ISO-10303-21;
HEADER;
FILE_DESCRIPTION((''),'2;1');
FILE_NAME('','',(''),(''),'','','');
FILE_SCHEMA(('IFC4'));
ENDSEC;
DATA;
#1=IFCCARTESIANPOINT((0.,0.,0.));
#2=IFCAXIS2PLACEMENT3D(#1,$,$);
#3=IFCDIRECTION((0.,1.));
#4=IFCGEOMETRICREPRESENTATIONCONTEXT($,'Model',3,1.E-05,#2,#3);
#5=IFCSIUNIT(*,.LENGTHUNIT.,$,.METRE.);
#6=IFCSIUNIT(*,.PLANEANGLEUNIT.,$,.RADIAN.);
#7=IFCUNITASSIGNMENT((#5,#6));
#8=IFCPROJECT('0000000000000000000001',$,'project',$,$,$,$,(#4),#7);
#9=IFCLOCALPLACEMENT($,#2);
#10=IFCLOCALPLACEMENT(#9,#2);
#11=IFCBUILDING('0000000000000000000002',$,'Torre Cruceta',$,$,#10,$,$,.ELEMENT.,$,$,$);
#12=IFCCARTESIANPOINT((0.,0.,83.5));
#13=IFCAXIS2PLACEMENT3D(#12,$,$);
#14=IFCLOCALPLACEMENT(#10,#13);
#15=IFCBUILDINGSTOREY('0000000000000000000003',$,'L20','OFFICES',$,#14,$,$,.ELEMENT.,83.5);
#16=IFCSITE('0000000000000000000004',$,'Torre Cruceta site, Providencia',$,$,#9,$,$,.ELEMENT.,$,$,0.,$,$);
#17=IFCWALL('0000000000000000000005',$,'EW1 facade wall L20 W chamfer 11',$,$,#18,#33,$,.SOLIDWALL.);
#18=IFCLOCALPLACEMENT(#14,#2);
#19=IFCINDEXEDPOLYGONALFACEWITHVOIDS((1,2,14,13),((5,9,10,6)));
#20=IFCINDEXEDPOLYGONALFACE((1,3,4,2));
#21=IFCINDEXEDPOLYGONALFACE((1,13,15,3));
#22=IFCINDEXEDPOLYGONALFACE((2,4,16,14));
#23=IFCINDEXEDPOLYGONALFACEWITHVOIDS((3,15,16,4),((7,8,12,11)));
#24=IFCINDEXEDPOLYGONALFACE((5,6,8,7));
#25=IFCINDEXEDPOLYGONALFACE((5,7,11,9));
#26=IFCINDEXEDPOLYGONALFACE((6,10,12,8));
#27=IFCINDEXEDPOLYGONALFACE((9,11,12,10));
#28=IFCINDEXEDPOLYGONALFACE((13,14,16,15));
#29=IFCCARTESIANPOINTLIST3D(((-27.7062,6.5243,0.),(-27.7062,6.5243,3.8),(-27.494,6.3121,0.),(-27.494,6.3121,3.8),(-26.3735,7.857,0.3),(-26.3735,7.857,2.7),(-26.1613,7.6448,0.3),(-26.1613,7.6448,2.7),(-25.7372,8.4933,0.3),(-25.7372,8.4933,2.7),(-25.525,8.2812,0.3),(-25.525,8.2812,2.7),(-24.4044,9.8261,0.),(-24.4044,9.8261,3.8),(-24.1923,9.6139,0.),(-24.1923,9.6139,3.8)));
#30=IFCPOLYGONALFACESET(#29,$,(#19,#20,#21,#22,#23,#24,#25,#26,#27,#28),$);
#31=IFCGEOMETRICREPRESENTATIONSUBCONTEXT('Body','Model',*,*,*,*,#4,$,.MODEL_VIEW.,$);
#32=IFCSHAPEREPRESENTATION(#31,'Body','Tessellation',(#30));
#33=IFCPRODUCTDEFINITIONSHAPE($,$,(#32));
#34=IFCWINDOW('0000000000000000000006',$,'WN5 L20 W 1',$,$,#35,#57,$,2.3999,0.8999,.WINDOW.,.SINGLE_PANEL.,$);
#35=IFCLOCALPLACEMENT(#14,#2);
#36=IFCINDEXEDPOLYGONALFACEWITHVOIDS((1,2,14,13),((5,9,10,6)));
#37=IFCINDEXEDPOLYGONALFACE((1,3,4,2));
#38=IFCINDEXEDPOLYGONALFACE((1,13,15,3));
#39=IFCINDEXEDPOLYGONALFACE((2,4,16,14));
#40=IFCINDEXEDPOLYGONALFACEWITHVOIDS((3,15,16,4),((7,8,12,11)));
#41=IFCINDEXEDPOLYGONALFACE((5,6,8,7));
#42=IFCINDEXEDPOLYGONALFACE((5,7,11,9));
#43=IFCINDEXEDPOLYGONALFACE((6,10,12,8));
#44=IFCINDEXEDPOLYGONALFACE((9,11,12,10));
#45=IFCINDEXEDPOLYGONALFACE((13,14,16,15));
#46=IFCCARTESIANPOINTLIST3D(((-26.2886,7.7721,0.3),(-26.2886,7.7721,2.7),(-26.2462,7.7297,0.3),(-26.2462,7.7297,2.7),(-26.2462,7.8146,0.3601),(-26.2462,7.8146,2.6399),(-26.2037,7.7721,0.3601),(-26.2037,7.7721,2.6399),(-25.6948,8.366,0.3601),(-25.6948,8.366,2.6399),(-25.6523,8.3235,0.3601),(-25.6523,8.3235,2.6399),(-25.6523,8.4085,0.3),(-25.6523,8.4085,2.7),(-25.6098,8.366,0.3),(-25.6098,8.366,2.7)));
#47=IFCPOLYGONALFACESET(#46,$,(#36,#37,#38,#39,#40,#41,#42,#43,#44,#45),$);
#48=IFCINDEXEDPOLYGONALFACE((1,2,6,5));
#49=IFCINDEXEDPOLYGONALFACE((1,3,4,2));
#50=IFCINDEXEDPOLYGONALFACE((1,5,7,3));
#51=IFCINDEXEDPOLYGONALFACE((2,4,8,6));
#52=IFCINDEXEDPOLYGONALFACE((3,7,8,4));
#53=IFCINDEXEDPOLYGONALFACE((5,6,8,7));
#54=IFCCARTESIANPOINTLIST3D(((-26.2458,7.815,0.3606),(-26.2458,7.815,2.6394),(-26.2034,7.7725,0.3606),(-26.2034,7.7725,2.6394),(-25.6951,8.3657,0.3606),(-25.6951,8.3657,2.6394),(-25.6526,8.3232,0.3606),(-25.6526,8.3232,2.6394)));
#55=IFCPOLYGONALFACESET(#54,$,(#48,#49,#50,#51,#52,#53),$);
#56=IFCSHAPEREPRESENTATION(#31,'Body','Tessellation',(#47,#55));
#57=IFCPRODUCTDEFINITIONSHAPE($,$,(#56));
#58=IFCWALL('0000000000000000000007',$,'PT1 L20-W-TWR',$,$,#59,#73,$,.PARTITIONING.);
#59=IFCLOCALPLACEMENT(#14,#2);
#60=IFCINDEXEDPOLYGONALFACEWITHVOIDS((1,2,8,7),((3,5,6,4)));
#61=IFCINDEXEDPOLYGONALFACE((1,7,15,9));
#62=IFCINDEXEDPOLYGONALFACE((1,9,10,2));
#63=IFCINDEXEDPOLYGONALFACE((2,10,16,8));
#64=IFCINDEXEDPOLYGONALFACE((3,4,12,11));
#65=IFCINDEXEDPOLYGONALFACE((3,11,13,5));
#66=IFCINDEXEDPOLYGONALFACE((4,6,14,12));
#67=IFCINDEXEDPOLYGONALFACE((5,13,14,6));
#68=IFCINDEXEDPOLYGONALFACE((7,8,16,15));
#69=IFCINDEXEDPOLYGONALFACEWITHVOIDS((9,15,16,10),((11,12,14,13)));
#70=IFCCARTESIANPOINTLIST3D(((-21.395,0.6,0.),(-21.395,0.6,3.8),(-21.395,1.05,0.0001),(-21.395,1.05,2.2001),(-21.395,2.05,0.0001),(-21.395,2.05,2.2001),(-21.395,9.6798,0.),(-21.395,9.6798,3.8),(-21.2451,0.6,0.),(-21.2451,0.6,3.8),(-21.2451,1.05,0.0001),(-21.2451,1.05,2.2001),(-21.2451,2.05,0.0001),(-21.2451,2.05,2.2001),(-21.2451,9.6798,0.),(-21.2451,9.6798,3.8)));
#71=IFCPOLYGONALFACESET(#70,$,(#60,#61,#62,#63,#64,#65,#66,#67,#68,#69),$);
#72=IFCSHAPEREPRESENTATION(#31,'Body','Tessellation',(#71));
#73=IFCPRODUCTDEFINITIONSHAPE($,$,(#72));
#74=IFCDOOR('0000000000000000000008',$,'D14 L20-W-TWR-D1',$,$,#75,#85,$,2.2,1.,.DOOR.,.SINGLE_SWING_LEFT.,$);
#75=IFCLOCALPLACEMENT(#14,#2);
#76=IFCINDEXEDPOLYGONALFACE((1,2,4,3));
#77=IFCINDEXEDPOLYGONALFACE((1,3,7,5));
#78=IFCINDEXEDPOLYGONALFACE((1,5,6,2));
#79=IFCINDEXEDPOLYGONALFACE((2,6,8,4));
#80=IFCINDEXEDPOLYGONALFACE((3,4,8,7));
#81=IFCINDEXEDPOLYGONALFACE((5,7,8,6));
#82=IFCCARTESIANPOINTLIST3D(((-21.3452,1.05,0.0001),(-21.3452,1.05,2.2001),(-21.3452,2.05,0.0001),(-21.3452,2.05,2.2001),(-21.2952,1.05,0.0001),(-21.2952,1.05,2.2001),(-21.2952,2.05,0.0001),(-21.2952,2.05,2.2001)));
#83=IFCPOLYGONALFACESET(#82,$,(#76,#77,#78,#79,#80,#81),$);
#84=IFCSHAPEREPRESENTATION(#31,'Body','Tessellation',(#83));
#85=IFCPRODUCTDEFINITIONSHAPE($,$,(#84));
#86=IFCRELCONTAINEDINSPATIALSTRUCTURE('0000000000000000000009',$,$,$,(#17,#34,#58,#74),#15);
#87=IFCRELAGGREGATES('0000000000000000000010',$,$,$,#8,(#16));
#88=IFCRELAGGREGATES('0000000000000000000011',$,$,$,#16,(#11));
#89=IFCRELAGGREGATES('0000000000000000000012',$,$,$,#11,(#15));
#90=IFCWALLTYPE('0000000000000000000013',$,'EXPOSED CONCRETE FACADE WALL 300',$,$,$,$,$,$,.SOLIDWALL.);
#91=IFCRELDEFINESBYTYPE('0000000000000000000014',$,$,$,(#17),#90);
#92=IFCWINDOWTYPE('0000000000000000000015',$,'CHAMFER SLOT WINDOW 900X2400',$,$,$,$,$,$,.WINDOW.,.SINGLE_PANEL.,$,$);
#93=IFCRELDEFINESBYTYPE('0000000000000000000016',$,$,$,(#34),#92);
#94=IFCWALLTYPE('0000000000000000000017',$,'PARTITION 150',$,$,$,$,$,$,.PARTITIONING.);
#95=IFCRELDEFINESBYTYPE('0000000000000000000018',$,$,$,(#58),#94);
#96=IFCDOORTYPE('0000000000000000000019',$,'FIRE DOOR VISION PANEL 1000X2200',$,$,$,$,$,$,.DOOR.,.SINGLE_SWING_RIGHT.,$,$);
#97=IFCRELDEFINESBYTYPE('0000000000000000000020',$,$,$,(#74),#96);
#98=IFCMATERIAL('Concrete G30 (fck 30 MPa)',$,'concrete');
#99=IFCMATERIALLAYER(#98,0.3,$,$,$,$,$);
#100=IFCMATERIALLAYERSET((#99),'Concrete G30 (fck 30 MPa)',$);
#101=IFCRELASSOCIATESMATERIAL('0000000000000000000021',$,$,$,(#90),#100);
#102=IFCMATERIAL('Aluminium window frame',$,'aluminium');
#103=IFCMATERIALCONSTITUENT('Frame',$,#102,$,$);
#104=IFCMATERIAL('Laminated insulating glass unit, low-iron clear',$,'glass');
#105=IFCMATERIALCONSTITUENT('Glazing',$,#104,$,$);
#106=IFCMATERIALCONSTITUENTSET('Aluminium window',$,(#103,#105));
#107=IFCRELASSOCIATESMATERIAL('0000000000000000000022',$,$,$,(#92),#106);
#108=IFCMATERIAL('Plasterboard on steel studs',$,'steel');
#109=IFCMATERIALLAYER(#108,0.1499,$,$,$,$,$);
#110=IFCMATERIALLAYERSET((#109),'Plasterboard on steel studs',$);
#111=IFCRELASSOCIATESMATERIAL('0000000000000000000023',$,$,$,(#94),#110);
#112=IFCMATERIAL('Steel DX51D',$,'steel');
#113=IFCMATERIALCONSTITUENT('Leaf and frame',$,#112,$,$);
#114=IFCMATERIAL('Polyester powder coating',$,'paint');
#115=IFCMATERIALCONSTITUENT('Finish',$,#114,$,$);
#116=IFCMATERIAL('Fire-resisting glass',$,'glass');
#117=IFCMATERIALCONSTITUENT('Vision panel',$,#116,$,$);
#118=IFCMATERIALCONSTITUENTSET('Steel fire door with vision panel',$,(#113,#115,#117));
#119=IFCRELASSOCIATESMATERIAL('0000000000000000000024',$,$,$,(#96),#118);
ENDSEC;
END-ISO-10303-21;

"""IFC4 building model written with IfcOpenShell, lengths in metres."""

from ifc_helpers import new_model, si_unit, direction, frame, frame_2d, origin, place, context, subcontext, project, spatial, rectangle, hollow_rectangle, extrude, material, layer, layer_set, constituent, constituent_set, type_object, element, fill, save


model = new_model("IFC4")

# Units and contexts
model_context = context("Model", 3, precision=1e-05, world=origin(), true_north=direction((0.0, 1.0)))
body_context = subcontext(model_context, "Body", "Model", "MODEL_VIEW")
ifc_project = project(units=[si_unit("LENGTHUNIT", "METRE"), si_unit("PLANEANGLEUNIT", "RADIAN")], contexts=[model_context])

# Site, building, storey
site_placement = place(None, origin())
site = spatial("IfcSite", under=ifc_project, at=site_placement, Name="Torre Cruceta site, Providencia", CompositionType="ELEMENT", RefElevation=0.0)
building_placement = place(site_placement, origin())
building = spatial("IfcBuilding", under=site, at=building_placement, Name="Torre Cruceta", CompositionType="ELEMENT")
storey_placement = place(building_placement, frame((0.0, 0.0, 83.5)))
storey = spatial("IfcBuildingStorey", under=building, at=storey_placement, Name="L20", Description="OFFICES", CompositionType="ELEMENT", Elevation=83.5)

# Wall, opening, window
ifc_material_1 = material(Name="Concrete G30 (fck 30 MPa)", Category="concrete")
ifc_layer_1 = layer(ifc_material_1, 0.3)
ifc_layer_set_1 = layer_set([ifc_layer_1], Name="Concrete G30 (fck 30 MPa)")
wall_type_1 = type_object("IfcWallType", Name="EXPOSED CONCRETE FACADE WALL 300", PredefinedType="SOLIDWALL", material=ifc_layer_set_1)
wall_1_placement = place(storey_placement, frame((-24.2983, 9.72, 0.0), z_axis=(0.0, 0.0, 1.0), x_axis=(-0.707107, -0.707107, 0.0)))
wall_1 = element("IfcWall", 1, at=wall_1_placement, inside=storey, type_object=wall_type_1, Name="EW1 facade wall L20 W chamfer 11", PredefinedType="SOLIDWALL", context=body_context, shape_type="SweptSolid", body=[
    extrude(rectangle(XDim=4.6694, YDim=0.3, at=frame_2d((2.3347, 0.0))), origin(), (0.0, 0.0, 1.0), 3.8),
])
opening_1_placement = place(wall_1_placement, frame((1.8848, 0.0, 0.3)))
opening_1 = element("IfcOpeningElement", 2, at=opening_1_placement, cuts=wall_1, PredefinedType="OPENING", context=body_context, shape_type="SweptSolid", body=[
    extrude(rectangle(XDim=0.8999, YDim=2.3999, at=frame_2d((0.45, 1.2))), frame((0.0, 0.1599, 0.0), z_axis=(0.0, -1.0, 0.0), x_axis=(1.0, 0.0, 0.0)), (0.0, 0.0, 1.0), 0.3201),
])
ifc_material_2 = material(Name="Aluminium window frame", Category="aluminium")
ifc_constituent_1 = constituent(ifc_material_2, Name="Frame")
ifc_material_3 = material(Name="Laminated insulating glass unit, low-iron clear", Category="glass")
ifc_constituent_2 = constituent(ifc_material_3, Name="Glazing")
ifc_constituent_set_1 = constituent_set(constituents=[ifc_constituent_1, ifc_constituent_2], Name="Aluminium window")
window_type = type_object("IfcWindowType", Name="CHAMFER SLOT WINDOW 900X2400", PartitioningType="SINGLE_PANEL", PredefinedType="WINDOW", material=ifc_constituent_set_1)
window_placement = place(opening_1_placement, origin())
window = element("IfcWindow", 3, at=window_placement, inside=storey, type_object=window_type, Name="WN5 L20 W 1", OverallHeight=2.3999, OverallWidth=0.8999, PartitioningType="SINGLE_PANEL", PredefinedType="WINDOW", context=body_context, shape_type="SweptSolid", body=[
    extrude(hollow_rectangle(XDim=0.8999, YDim=2.3999, WallThickness=0.0601, at=frame_2d((0.45, 1.2))), frame((0.0, 0.03, 0.0), z_axis=(0.0, -1.0, 0.0), x_axis=(1.0, 0.0, 0.0)), (0.0, 0.0, 1.0), 0.0601),
    extrude(rectangle(XDim=0.7788, YDim=2.2788, at=frame_2d((0.45, 1.2))), frame((0.0, 0.03, 0.0), z_axis=(0.0, -1.0, 0.0), x_axis=(1.0, 0.0, 0.0)), (0.0, 0.0, 1.0), 0.0601),
])
fill(opening_1, window)

# Wall, opening, door
ifc_material_4 = material(Name="Plasterboard on steel studs", Category="steel")
ifc_layer_2 = layer(ifc_material_4, 0.1499)
ifc_layer_set_2 = layer_set([ifc_layer_2], Name="Plasterboard on steel studs")
wall_type_2 = type_object("IfcWallType", Name="PARTITION 150", PredefinedType="PARTITIONING", material=ifc_layer_set_2)
wall_2_placement = place(storey_placement, frame((-21.3201, 9.6799, 0.0), z_axis=(0.0, 0.0, 1.0), x_axis=(0.0, -1.0, 0.0)))
wall_2 = element("IfcWall", 4, at=wall_2_placement, inside=storey, type_object=wall_type_2, Name="PT1 L20-W-TWR", PredefinedType="PARTITIONING", context=body_context, shape_type="SweptSolid", body=[
    extrude(rectangle(XDim=9.0798, YDim=0.1499, at=frame_2d((4.54, 0.0))), origin(), (0.0, 0.0, 1.0), 3.8),
])
opening_2_placement = place(wall_2_placement, frame((7.6299, 0.0, 0.0)))
opening_2 = element("IfcOpeningElement", 5, at=opening_2_placement, cuts=wall_2, PredefinedType="OPENING", context=body_context, shape_type="SweptSolid", body=[
    extrude(rectangle(XDim=1.0, YDim=2.2, at=frame_2d((0.5, 1.1001))), frame((0.0, 0.085, 0.0), z_axis=(0.0, -1.0, 0.0), x_axis=(1.0, 0.0, 0.0)), (0.0, 0.0, 1.0), 0.1699),
])
ifc_material_5 = material(Name="Steel DX51D", Category="steel")
ifc_constituent_3 = constituent(ifc_material_5, Name="Leaf and frame")
ifc_material_6 = material(Name="Polyester powder coating", Category="paint")
ifc_constituent_4 = constituent(ifc_material_6, Name="Finish")
ifc_material_7 = material(Name="Fire-resisting glass", Category="glass")
ifc_constituent_5 = constituent(ifc_material_7, Name="Vision panel")
ifc_constituent_set_2 = constituent_set(constituents=[ifc_constituent_3, ifc_constituent_4, ifc_constituent_5], Name="Steel fire door with vision panel")
door_type = type_object("IfcDoorType", Name="FIRE DOOR VISION PANEL 1000X2200", OperationType="SINGLE_SWING_RIGHT", PredefinedType="DOOR", material=ifc_constituent_set_2)
door_placement = place(opening_2_placement, frame((1.0, 0.0, 0.0), z_axis=(0.0, 0.0, 1.0), x_axis=(-1.0, 0.0, 0.0)))
door = element("IfcDoor", 6, at=door_placement, inside=storey, type_object=door_type, Name="D14 L20-W-TWR-D1", OperationType="SINGLE_SWING_LEFT", OverallHeight=2.2, OverallWidth=1.0, PredefinedType="DOOR", context=body_context, shape_type="SweptSolid", body=[
    extrude(rectangle(XDim=1.0, YDim=2.2, at=frame_2d((0.5, 1.1001))), frame((0.0, 0.0251, 0.0), z_axis=(0.0, -1.0, 0.0), x_axis=(1.0, 0.0, 0.0)), (0.0, 0.0, 1.0), 0.05),
])
fill(opening_2, door)

save(model, "model.ifc")
